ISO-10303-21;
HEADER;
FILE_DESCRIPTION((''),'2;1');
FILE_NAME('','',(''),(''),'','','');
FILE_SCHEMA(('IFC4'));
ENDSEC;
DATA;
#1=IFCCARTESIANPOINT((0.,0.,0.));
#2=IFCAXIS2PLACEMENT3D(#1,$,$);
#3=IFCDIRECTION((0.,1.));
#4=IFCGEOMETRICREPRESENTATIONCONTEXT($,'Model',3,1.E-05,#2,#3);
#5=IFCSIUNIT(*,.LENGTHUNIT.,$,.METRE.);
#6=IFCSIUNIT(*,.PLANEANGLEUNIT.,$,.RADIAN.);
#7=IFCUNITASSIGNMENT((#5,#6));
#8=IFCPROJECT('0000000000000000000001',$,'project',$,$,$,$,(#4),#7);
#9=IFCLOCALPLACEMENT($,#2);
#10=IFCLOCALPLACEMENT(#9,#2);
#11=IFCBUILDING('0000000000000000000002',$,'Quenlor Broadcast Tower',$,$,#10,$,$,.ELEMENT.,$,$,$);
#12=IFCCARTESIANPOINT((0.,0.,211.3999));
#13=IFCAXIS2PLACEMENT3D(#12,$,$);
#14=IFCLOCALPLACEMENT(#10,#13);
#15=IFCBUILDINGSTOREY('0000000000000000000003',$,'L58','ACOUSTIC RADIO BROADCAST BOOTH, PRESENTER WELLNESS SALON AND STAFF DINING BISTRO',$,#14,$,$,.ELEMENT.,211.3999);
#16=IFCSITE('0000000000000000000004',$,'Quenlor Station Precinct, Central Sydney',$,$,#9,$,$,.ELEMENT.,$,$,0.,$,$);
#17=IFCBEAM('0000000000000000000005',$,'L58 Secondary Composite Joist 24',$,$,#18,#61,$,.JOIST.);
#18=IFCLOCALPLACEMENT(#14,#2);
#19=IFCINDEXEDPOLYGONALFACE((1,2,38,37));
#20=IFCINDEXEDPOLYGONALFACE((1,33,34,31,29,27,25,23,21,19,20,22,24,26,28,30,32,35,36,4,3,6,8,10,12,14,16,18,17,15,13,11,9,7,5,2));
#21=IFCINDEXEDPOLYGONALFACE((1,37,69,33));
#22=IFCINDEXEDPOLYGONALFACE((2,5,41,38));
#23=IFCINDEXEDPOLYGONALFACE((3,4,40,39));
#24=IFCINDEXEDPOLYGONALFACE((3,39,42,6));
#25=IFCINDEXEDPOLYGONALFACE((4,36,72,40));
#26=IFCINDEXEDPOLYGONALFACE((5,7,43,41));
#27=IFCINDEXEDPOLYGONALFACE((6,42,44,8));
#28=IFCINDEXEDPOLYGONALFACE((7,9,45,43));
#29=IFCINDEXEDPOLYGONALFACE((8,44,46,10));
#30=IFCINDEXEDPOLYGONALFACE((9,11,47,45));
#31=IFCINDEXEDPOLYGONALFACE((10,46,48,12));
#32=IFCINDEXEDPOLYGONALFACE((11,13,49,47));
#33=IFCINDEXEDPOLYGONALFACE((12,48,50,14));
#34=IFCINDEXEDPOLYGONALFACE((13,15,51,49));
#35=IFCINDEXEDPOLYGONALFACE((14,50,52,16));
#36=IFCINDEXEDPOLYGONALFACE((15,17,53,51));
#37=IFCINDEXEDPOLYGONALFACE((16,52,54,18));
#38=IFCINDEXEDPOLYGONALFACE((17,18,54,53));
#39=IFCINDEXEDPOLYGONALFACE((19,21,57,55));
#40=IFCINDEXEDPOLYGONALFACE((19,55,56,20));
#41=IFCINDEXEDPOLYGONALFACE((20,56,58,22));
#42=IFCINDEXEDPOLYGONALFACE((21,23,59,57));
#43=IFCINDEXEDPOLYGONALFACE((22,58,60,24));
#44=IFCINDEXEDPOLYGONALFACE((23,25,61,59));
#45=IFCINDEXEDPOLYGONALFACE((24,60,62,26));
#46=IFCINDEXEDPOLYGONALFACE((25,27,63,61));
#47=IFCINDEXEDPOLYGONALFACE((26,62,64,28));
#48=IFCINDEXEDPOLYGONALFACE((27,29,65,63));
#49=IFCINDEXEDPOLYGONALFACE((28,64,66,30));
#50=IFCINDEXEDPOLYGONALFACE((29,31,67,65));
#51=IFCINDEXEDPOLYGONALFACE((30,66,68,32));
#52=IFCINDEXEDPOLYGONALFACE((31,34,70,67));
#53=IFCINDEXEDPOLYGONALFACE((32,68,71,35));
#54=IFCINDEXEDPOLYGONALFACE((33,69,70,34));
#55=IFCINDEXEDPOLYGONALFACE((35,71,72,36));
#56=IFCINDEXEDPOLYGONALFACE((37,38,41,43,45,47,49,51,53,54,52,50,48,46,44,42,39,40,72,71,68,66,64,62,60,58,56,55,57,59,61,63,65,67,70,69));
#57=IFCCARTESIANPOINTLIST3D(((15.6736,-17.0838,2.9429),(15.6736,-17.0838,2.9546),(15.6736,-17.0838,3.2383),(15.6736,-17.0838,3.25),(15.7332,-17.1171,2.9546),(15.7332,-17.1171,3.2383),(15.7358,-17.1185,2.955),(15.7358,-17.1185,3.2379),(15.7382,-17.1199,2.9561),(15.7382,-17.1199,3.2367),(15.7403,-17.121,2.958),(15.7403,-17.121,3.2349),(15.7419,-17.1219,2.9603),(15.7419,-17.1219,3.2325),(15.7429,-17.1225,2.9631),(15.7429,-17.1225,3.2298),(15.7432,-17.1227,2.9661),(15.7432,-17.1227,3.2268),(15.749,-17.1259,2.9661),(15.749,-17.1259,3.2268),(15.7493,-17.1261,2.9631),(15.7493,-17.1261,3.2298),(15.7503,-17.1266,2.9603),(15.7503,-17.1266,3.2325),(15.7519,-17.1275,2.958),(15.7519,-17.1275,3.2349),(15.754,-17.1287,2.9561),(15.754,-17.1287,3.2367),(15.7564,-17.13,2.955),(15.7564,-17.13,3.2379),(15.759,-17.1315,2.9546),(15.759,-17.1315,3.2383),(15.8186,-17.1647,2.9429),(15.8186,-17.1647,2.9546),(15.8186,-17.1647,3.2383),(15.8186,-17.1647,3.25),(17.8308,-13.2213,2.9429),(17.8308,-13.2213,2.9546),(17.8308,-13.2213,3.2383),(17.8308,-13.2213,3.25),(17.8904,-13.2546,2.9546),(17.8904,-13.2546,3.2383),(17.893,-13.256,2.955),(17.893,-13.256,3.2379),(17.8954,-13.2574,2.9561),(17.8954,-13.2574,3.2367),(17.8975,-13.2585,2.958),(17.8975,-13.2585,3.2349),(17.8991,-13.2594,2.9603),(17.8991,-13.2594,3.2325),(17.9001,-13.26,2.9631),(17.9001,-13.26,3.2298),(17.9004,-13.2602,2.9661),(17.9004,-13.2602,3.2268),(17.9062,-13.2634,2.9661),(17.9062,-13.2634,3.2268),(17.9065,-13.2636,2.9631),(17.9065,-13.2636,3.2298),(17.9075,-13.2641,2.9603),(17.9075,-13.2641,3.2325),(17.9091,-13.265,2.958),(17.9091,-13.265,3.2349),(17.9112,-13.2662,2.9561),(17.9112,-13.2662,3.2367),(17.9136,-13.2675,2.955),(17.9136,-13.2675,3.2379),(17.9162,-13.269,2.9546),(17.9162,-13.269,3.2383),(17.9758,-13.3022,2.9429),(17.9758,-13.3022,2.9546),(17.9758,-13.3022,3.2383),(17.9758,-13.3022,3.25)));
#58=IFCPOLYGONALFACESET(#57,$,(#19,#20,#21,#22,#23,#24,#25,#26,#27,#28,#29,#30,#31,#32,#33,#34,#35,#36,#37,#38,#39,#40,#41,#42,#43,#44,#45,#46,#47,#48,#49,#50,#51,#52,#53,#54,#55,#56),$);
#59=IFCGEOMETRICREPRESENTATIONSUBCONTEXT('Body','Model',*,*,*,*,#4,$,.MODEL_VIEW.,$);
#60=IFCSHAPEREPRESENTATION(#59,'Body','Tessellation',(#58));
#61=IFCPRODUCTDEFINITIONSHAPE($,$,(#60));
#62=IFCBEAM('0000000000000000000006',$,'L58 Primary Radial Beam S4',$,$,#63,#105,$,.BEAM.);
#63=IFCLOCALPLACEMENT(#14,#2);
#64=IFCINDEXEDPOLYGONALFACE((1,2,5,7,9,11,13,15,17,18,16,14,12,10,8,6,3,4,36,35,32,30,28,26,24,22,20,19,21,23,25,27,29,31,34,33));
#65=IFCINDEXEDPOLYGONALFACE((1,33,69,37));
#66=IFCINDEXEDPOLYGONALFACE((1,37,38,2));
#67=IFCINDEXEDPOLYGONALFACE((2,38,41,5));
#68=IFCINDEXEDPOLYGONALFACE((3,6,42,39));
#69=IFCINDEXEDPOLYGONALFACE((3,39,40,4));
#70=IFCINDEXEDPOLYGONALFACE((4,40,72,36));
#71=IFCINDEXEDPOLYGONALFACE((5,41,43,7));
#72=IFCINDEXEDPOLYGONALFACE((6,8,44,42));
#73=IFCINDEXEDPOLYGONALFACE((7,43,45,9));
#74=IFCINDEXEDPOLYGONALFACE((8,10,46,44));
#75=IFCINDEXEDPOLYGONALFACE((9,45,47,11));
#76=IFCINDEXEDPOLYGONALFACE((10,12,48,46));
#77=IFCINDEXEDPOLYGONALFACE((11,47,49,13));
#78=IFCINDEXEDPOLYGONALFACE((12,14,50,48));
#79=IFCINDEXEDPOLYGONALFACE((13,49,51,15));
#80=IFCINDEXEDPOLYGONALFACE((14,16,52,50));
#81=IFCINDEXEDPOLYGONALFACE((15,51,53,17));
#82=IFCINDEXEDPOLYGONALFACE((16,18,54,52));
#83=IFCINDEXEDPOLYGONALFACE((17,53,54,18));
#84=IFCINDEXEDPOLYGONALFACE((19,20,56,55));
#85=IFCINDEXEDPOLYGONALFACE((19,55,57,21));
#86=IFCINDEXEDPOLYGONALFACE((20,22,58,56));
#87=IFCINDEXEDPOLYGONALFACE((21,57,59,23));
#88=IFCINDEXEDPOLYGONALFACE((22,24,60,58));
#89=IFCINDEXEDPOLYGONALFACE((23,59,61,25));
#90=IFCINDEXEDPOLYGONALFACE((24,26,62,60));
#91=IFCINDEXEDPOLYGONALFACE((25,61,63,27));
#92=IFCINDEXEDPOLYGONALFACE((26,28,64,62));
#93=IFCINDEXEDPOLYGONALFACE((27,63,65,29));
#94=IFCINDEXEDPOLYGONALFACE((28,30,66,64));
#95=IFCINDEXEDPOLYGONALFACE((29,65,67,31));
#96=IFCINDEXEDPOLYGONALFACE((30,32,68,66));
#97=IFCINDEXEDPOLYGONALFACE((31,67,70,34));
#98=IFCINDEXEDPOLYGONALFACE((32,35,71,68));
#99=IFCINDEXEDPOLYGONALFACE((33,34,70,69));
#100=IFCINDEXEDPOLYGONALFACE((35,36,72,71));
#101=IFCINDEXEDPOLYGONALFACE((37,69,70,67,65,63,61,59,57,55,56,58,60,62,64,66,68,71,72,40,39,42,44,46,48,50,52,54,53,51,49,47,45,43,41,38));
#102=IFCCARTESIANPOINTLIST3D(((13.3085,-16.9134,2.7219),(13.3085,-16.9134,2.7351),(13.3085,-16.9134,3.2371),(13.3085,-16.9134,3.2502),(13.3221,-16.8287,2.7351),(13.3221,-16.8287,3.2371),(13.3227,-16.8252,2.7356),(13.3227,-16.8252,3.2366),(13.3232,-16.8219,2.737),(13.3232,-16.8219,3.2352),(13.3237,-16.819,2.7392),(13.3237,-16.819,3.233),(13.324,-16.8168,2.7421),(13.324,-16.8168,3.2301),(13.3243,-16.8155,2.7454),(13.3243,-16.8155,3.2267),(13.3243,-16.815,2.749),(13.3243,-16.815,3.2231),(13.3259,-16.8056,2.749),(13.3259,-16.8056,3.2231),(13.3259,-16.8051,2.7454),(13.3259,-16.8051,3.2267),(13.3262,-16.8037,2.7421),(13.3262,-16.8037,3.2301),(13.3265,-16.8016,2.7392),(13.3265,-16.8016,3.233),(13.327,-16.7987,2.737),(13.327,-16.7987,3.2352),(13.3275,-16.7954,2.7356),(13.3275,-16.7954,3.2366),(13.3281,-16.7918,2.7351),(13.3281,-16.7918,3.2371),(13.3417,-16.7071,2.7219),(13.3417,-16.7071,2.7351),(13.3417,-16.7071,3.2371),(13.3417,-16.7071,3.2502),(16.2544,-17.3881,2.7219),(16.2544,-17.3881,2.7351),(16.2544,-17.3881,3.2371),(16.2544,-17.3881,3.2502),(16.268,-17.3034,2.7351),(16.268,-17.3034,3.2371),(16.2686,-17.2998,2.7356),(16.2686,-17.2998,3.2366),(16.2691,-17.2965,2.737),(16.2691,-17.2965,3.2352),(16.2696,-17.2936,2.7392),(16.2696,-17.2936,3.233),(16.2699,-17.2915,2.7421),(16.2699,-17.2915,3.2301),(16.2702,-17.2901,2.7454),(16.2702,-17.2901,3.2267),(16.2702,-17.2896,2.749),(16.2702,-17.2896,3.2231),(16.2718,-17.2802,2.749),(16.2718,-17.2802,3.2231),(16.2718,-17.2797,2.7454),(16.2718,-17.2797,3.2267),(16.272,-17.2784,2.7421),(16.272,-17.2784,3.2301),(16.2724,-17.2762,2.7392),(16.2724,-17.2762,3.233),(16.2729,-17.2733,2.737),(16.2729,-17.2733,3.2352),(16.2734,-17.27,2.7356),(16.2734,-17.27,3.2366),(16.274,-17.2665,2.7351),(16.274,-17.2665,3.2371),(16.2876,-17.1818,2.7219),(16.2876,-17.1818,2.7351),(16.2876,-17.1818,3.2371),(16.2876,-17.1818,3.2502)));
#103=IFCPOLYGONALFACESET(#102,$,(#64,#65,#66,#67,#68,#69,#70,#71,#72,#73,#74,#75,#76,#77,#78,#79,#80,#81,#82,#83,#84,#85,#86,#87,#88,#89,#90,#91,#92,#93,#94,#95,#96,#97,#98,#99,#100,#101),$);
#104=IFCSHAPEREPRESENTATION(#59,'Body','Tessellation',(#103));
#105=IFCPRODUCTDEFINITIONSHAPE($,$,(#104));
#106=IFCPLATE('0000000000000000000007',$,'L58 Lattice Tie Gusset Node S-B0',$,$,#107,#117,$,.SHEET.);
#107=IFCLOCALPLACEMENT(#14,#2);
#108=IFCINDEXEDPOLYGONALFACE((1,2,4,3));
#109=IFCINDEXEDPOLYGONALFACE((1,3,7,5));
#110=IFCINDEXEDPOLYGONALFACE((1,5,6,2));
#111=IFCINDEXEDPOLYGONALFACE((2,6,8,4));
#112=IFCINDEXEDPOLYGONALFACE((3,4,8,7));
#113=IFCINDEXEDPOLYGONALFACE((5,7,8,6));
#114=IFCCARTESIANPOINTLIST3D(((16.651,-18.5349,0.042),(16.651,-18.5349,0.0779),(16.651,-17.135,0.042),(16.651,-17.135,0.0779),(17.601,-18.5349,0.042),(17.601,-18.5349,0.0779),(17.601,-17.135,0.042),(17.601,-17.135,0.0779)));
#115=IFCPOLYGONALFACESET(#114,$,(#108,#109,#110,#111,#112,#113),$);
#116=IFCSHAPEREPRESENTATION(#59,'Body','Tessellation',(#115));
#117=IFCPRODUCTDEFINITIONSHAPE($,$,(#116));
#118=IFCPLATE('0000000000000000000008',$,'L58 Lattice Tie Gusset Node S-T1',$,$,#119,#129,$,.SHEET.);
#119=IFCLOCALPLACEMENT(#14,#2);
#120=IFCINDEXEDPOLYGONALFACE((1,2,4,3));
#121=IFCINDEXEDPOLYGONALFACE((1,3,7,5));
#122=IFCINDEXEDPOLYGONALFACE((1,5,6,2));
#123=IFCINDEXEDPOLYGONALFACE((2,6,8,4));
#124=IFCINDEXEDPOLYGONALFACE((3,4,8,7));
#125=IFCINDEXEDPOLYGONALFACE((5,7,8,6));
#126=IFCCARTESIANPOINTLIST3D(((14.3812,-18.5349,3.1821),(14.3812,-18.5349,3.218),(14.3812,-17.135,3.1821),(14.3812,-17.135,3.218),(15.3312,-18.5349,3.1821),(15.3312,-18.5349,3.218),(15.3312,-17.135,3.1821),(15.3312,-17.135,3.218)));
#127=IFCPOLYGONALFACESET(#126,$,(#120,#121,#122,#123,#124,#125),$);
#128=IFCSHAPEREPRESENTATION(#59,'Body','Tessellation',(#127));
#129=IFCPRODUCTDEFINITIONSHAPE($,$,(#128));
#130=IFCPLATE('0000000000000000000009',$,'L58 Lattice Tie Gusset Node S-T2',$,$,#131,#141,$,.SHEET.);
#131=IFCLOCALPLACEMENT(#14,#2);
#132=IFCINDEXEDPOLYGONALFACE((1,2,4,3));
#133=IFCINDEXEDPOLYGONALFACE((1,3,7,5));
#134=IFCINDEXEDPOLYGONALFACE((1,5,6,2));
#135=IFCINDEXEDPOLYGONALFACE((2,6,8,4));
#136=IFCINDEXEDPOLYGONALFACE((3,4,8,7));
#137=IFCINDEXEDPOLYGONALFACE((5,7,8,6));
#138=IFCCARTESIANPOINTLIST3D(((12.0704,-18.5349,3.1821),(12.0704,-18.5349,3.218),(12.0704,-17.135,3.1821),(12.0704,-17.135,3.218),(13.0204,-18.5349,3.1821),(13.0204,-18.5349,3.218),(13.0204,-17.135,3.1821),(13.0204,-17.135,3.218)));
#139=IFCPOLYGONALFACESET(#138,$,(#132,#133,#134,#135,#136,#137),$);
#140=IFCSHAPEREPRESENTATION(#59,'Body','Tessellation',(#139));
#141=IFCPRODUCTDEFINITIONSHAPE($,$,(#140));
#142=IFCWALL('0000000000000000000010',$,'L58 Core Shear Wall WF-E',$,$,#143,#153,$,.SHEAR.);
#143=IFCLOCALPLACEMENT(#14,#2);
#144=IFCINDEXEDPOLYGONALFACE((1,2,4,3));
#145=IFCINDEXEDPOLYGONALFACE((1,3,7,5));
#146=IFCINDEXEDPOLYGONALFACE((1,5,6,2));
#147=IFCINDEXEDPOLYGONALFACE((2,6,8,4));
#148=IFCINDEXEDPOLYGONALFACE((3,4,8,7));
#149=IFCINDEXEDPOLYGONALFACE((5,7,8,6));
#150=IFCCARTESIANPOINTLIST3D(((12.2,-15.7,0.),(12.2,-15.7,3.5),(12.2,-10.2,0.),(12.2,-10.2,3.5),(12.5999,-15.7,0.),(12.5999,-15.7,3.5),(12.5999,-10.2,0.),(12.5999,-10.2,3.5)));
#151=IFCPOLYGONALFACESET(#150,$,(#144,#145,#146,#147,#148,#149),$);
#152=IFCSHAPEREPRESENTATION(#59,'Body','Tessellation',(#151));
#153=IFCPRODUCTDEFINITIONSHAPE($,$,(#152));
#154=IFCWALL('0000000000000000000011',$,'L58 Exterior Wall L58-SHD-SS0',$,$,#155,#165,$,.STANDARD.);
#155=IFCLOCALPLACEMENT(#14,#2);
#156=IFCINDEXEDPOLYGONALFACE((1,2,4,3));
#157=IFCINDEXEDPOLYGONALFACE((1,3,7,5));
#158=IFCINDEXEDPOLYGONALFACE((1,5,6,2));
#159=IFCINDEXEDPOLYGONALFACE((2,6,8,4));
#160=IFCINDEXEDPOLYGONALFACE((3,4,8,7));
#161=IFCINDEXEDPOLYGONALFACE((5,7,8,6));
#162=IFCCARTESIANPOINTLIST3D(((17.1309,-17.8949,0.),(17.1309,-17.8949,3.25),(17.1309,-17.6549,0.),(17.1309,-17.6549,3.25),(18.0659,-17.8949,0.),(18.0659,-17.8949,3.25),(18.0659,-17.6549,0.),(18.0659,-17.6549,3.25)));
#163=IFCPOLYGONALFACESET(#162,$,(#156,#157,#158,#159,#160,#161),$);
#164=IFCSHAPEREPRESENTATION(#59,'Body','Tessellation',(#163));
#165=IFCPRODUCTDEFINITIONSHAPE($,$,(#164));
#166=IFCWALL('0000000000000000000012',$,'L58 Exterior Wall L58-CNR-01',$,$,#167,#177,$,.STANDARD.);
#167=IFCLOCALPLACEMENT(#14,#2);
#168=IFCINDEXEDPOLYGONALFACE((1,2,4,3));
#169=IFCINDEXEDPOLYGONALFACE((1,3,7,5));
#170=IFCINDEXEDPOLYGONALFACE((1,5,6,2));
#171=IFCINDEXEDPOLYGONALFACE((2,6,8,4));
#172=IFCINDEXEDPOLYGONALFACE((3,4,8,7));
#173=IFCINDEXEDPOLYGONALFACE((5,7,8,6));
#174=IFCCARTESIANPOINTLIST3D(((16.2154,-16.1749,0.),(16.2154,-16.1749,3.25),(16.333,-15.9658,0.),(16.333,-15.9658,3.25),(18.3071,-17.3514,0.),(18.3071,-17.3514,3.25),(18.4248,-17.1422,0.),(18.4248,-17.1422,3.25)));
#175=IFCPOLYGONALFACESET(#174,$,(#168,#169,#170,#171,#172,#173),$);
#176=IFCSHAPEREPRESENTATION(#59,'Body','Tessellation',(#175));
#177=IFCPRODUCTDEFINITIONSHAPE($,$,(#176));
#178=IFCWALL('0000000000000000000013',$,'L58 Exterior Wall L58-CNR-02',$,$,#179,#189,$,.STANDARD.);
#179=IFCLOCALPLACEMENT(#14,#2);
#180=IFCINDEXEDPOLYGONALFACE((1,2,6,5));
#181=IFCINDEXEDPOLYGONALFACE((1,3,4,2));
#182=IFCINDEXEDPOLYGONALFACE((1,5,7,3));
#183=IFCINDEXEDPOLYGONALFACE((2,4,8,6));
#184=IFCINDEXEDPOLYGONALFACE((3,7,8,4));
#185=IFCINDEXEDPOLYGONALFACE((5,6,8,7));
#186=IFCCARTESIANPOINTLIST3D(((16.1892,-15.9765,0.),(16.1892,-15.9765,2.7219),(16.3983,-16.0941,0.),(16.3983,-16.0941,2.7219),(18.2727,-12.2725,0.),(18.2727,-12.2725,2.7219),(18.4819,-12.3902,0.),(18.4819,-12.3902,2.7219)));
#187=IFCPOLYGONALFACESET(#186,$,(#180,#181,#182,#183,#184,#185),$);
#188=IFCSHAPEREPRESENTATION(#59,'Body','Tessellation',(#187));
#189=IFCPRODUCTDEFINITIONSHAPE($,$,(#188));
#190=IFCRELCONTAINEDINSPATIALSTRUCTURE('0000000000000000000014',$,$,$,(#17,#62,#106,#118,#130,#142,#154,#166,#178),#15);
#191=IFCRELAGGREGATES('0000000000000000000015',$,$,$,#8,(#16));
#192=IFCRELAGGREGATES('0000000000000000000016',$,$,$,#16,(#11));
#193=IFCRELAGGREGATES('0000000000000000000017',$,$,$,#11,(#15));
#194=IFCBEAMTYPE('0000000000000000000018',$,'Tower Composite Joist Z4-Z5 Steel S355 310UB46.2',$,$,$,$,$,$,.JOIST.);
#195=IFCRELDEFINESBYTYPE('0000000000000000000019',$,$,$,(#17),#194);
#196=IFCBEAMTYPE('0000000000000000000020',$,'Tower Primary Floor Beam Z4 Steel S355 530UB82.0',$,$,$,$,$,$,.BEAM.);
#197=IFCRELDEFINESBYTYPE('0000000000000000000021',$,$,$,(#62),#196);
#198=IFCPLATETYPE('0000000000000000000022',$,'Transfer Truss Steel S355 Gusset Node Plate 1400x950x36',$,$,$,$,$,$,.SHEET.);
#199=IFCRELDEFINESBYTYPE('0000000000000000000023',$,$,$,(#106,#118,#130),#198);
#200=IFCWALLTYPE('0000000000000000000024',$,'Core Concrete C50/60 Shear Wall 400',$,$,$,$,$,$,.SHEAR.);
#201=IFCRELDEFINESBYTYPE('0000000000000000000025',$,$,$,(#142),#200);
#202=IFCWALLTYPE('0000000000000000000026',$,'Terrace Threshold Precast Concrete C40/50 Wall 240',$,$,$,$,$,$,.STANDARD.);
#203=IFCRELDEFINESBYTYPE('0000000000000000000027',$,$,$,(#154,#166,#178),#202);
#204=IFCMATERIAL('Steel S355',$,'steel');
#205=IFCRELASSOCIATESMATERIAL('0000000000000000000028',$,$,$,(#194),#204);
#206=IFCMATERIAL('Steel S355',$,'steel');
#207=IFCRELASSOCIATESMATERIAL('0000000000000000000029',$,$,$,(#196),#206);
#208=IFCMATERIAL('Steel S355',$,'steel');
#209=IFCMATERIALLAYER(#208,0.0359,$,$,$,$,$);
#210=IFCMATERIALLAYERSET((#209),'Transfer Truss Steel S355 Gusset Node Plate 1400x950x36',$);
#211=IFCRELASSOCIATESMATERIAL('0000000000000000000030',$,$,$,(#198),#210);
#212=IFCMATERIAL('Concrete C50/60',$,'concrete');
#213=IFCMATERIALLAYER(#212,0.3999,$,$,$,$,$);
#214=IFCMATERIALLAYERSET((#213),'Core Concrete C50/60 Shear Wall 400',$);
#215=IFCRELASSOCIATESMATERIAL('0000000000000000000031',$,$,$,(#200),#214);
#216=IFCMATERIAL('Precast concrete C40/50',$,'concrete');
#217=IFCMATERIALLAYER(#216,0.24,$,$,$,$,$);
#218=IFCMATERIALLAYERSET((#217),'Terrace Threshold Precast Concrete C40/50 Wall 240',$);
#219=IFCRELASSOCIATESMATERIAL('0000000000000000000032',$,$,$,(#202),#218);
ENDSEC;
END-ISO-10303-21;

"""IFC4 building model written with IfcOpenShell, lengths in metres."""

from ifc_helpers import new_model, si_unit, direction, frame, frame_2d, origin, origin_2d, place, context, subcontext, project, spatial, rectangle, i_section, extrude, material, layer, layer_set, material_profile, profile_set, type_object, element, save


model = new_model("IFC4")

# Units and contexts
model_context = context("Model", 3, precision=1e-05, world=origin(), true_north=direction((0.0, 1.0)))
body_context = subcontext(model_context, "Body", "Model", "MODEL_VIEW")
ifc_project = project(units=[si_unit("LENGTHUNIT", "METRE"), si_unit("PLANEANGLEUNIT", "RADIAN")], contexts=[model_context])

# Site, building, storey
site_placement = place(None, origin())
site = spatial("IfcSite", under=ifc_project, at=site_placement, Name="Quenlor Station Precinct, Central Sydney", CompositionType="ELEMENT", RefElevation=0.0)
building_placement = place(site_placement, origin())
building = spatial("IfcBuilding", under=site, at=building_placement, Name="Quenlor Broadcast Tower", CompositionType="ELEMENT")
storey_placement = place(building_placement, frame((0.0, 0.0, 211.3999)))
storey = spatial("IfcBuildingStorey", under=building, at=storey_placement, Name="L58", Description="ACOUSTIC RADIO BROADCAST BOOTH, PRESENTER WELLNESS SALON AND STAFF DINING BISTRO", CompositionType="ELEMENT", Elevation=211.3999)

# Beams
ifc_material_1 = material(Name="Steel S355", Category="steel")
ifc_material_profile_1 = material_profile(ifc_material_1, i_section(OverallWidth=0.166, OverallDepth=0.3071, WebThickness=0.0066, FlangeThickness=0.0117, FilletRadius=0.0115, at=origin_2d()))
ifc_profile_set_1 = profile_set([ifc_material_profile_1], Name="Steel S355 310UB46.2")
beam_type_1 = type_object("IfcBeamType", Name="Tower Composite Joist Z4-Z5 Steel S355 310UB46.2", PredefinedType="JOIST", material=ifc_profile_set_1)
beam_1_placement = place(storey_placement, frame((15.7461, -17.1243, 3.0964), z_axis=(0.487605, 0.873064, 0.0), x_axis=(-0.873064, 0.487605, 0.0)))
element("IfcBeam", 1, at=beam_1_placement, inside=storey, type_object=beam_type_1, Name="L58 Secondary Composite Joist 24", PredefinedType="JOIST", context=body_context, shape_type="SweptSolid", body=[
    extrude(i_section(OverallWidth=0.166, OverallDepth=0.3071, WebThickness=0.0066, FlangeThickness=0.0117, FilletRadius=0.0115, at=origin_2d()), origin(), (0.0, 0.0, 1.0), 4.4241),
])
ifc_material_2 = material(Name="Steel S355", Category="steel")
ifc_material_profile_2 = material_profile(ifc_material_2, i_section(OverallWidth=0.209, OverallDepth=0.5283, WebThickness=0.0095, FlangeThickness=0.0132, FilletRadius=0.0139, at=origin_2d()))
ifc_profile_set_2 = profile_set([ifc_material_profile_2], Name="Steel S355 530UB82.0")
beam_type_2 = type_object("IfcBeamType", Name="Tower Primary Floor Beam Z4 Steel S355 530UB82.0", PredefinedType="BEAM", material=ifc_profile_set_2)
beam_2_placement = place(storey_placement, frame((16.271, -17.2849, 2.9861), z_axis=(-0.987268, 0.159063, 0.0), x_axis=(-0.159063, -0.987268, 0.0)))
element("IfcBeam", 2, at=beam_2_placement, inside=storey, type_object=beam_type_2, Name="L58 Primary Radial Beam S4", PredefinedType="BEAM", context=body_context, shape_type="SweptSolid", body=[
    extrude(i_section(OverallWidth=0.209, OverallDepth=0.5283, WebThickness=0.0095, FlangeThickness=0.0132, FilletRadius=0.0139, at=origin_2d()), origin(), (0.0, 0.0, 1.0), 2.9839),
])

# Plates
ifc_material_3 = material(Name="Steel S355", Category="steel")
ifc_layer_1 = layer(ifc_material_3, 0.0359)
ifc_layer_set_1 = layer_set([ifc_layer_1], Name="Transfer Truss Steel S355 Gusset Node Plate 1400x950x36")
plate_type = type_object("IfcPlateType", Name="Transfer Truss Steel S355 Gusset Node Plate 1400x950x36", PredefinedType="SHEET", material=ifc_layer_set_1)
for number, where, z_axis, x_axis, name in (
    (3, (17.126, -17.835, 0.042), (0.0, 0.0, 1.0), (0.0, -1.0, 0.0), "L58 Lattice Tie Gusset Node S-B0"),
    (4, (14.8562, -17.835, 3.1821), (0.0, 0.0, 1.0), (0.0, -1.0, 0.0), "L58 Lattice Tie Gusset Node S-T1"),
    (5, (12.5454, -17.835, 3.1821), (0.0, 0.0, 1.0), (0.0, -1.0, 0.0), "L58 Lattice Tie Gusset Node S-T2"),
):
    element("IfcPlate", number, at=place(storey_placement, frame(where, z_axis=z_axis, x_axis=x_axis)), inside=storey, type_object=plate_type, Name=name, PredefinedType="SHEET", context=body_context, shape_type="SweptSolid", body=[
        extrude(rectangle(XDim=1.3999, YDim=0.95, at=origin_2d()), origin(), (0.0, 0.0, 1.0), 0.0359),
    ])

# Walls
ifc_material_4 = material(Name="Concrete C50/60", Category="concrete")
ifc_layer_2 = layer(ifc_material_4, 0.3999)
ifc_layer_set_2 = layer_set([ifc_layer_2], Name="Core Concrete C50/60 Shear Wall 400")
wall_type_1 = type_object("IfcWallType", Name="Core Concrete C50/60 Shear Wall 400", PredefinedType="SHEAR", material=ifc_layer_set_2)
wall_1_placement = place(storey_placement, frame((12.3999, -15.7, 0.0), z_axis=(0.0, 0.0, 1.0), x_axis=(0.0, 1.0, 0.0)))
element("IfcWall", 6, at=wall_1_placement, inside=storey, type_object=wall_type_1, Name="L58 Core Shear Wall WF-E", PredefinedType="SHEAR", context=body_context, shape_type="SweptSolid", body=[
    extrude(rectangle(XDim=5.5, YDim=0.3999, at=frame_2d((2.75, 0.0))), origin(), (0.0, 0.0, 1.0), 3.5),
])
ifc_material_5 = material(Name="Precast concrete C40/50", Category="concrete")
ifc_layer_3 = layer(ifc_material_5, 0.24)
ifc_layer_set_3 = layer_set([ifc_layer_3], Name="Terrace Threshold Precast Concrete C40/50 Wall 240")
wall_type_2 = type_object("IfcWallType", Name="Terrace Threshold Precast Concrete C40/50 Wall 240", PredefinedType="STANDARD", material=ifc_layer_set_3)
wall_2_placement = place(storey_placement, frame((18.0659, -17.7749, 0.0), z_axis=(0.0, 0.0, 1.0), x_axis=(-1.0, 0.0, 0.0)))
element("IfcWall", 7, at=wall_2_placement, inside=storey, type_object=wall_type_2, Name="L58 Exterior Wall L58-SHD-SS0", PredefinedType="STANDARD", context=body_context, shape_type="SweptSolid", body=[
    extrude(rectangle(XDim=0.9351, YDim=0.24, at=frame_2d((0.4675, 0.0))), origin(), (0.0, 0.0, 1.0), 3.25),
])
wall_3_placement = place(storey_placement, frame((18.366, -17.2468, 0.0), z_axis=(0.0, 0.0, 1.0), x_axis=(-0.871597, 0.490223, 0.0)))
element("IfcWall", 8, at=wall_3_placement, inside=storey, type_object=wall_type_2, Name="L58 Exterior Wall L58-CNR-01", PredefinedType="STANDARD", context=body_context, shape_type="SweptSolid", body=[
    extrude(rectangle(XDim=2.3999, YDim=0.24, at=frame_2d((1.2, 0.0))), origin(), (0.0, 0.0, 1.0), 3.25),
])
wall_4_placement = place(storey_placement, frame((16.2937, -16.0354, 0.0), z_axis=(0.0, 0.0, 1.0), x_axis=(0.490275, 0.871568, 0.0)))
element("IfcWall", 9, at=wall_4_placement, inside=storey, type_object=wall_type_2, Name="L58 Exterior Wall L58-CNR-02", PredefinedType="STANDARD", context=body_context, shape_type="SweptSolid", body=[
    extrude(rectangle(XDim=4.2498, YDim=0.24, at=frame_2d((2.125, 0.0))), origin(), (0.0, 0.0, 1.0), 2.7219),
])

save(model, "model.ifc")
